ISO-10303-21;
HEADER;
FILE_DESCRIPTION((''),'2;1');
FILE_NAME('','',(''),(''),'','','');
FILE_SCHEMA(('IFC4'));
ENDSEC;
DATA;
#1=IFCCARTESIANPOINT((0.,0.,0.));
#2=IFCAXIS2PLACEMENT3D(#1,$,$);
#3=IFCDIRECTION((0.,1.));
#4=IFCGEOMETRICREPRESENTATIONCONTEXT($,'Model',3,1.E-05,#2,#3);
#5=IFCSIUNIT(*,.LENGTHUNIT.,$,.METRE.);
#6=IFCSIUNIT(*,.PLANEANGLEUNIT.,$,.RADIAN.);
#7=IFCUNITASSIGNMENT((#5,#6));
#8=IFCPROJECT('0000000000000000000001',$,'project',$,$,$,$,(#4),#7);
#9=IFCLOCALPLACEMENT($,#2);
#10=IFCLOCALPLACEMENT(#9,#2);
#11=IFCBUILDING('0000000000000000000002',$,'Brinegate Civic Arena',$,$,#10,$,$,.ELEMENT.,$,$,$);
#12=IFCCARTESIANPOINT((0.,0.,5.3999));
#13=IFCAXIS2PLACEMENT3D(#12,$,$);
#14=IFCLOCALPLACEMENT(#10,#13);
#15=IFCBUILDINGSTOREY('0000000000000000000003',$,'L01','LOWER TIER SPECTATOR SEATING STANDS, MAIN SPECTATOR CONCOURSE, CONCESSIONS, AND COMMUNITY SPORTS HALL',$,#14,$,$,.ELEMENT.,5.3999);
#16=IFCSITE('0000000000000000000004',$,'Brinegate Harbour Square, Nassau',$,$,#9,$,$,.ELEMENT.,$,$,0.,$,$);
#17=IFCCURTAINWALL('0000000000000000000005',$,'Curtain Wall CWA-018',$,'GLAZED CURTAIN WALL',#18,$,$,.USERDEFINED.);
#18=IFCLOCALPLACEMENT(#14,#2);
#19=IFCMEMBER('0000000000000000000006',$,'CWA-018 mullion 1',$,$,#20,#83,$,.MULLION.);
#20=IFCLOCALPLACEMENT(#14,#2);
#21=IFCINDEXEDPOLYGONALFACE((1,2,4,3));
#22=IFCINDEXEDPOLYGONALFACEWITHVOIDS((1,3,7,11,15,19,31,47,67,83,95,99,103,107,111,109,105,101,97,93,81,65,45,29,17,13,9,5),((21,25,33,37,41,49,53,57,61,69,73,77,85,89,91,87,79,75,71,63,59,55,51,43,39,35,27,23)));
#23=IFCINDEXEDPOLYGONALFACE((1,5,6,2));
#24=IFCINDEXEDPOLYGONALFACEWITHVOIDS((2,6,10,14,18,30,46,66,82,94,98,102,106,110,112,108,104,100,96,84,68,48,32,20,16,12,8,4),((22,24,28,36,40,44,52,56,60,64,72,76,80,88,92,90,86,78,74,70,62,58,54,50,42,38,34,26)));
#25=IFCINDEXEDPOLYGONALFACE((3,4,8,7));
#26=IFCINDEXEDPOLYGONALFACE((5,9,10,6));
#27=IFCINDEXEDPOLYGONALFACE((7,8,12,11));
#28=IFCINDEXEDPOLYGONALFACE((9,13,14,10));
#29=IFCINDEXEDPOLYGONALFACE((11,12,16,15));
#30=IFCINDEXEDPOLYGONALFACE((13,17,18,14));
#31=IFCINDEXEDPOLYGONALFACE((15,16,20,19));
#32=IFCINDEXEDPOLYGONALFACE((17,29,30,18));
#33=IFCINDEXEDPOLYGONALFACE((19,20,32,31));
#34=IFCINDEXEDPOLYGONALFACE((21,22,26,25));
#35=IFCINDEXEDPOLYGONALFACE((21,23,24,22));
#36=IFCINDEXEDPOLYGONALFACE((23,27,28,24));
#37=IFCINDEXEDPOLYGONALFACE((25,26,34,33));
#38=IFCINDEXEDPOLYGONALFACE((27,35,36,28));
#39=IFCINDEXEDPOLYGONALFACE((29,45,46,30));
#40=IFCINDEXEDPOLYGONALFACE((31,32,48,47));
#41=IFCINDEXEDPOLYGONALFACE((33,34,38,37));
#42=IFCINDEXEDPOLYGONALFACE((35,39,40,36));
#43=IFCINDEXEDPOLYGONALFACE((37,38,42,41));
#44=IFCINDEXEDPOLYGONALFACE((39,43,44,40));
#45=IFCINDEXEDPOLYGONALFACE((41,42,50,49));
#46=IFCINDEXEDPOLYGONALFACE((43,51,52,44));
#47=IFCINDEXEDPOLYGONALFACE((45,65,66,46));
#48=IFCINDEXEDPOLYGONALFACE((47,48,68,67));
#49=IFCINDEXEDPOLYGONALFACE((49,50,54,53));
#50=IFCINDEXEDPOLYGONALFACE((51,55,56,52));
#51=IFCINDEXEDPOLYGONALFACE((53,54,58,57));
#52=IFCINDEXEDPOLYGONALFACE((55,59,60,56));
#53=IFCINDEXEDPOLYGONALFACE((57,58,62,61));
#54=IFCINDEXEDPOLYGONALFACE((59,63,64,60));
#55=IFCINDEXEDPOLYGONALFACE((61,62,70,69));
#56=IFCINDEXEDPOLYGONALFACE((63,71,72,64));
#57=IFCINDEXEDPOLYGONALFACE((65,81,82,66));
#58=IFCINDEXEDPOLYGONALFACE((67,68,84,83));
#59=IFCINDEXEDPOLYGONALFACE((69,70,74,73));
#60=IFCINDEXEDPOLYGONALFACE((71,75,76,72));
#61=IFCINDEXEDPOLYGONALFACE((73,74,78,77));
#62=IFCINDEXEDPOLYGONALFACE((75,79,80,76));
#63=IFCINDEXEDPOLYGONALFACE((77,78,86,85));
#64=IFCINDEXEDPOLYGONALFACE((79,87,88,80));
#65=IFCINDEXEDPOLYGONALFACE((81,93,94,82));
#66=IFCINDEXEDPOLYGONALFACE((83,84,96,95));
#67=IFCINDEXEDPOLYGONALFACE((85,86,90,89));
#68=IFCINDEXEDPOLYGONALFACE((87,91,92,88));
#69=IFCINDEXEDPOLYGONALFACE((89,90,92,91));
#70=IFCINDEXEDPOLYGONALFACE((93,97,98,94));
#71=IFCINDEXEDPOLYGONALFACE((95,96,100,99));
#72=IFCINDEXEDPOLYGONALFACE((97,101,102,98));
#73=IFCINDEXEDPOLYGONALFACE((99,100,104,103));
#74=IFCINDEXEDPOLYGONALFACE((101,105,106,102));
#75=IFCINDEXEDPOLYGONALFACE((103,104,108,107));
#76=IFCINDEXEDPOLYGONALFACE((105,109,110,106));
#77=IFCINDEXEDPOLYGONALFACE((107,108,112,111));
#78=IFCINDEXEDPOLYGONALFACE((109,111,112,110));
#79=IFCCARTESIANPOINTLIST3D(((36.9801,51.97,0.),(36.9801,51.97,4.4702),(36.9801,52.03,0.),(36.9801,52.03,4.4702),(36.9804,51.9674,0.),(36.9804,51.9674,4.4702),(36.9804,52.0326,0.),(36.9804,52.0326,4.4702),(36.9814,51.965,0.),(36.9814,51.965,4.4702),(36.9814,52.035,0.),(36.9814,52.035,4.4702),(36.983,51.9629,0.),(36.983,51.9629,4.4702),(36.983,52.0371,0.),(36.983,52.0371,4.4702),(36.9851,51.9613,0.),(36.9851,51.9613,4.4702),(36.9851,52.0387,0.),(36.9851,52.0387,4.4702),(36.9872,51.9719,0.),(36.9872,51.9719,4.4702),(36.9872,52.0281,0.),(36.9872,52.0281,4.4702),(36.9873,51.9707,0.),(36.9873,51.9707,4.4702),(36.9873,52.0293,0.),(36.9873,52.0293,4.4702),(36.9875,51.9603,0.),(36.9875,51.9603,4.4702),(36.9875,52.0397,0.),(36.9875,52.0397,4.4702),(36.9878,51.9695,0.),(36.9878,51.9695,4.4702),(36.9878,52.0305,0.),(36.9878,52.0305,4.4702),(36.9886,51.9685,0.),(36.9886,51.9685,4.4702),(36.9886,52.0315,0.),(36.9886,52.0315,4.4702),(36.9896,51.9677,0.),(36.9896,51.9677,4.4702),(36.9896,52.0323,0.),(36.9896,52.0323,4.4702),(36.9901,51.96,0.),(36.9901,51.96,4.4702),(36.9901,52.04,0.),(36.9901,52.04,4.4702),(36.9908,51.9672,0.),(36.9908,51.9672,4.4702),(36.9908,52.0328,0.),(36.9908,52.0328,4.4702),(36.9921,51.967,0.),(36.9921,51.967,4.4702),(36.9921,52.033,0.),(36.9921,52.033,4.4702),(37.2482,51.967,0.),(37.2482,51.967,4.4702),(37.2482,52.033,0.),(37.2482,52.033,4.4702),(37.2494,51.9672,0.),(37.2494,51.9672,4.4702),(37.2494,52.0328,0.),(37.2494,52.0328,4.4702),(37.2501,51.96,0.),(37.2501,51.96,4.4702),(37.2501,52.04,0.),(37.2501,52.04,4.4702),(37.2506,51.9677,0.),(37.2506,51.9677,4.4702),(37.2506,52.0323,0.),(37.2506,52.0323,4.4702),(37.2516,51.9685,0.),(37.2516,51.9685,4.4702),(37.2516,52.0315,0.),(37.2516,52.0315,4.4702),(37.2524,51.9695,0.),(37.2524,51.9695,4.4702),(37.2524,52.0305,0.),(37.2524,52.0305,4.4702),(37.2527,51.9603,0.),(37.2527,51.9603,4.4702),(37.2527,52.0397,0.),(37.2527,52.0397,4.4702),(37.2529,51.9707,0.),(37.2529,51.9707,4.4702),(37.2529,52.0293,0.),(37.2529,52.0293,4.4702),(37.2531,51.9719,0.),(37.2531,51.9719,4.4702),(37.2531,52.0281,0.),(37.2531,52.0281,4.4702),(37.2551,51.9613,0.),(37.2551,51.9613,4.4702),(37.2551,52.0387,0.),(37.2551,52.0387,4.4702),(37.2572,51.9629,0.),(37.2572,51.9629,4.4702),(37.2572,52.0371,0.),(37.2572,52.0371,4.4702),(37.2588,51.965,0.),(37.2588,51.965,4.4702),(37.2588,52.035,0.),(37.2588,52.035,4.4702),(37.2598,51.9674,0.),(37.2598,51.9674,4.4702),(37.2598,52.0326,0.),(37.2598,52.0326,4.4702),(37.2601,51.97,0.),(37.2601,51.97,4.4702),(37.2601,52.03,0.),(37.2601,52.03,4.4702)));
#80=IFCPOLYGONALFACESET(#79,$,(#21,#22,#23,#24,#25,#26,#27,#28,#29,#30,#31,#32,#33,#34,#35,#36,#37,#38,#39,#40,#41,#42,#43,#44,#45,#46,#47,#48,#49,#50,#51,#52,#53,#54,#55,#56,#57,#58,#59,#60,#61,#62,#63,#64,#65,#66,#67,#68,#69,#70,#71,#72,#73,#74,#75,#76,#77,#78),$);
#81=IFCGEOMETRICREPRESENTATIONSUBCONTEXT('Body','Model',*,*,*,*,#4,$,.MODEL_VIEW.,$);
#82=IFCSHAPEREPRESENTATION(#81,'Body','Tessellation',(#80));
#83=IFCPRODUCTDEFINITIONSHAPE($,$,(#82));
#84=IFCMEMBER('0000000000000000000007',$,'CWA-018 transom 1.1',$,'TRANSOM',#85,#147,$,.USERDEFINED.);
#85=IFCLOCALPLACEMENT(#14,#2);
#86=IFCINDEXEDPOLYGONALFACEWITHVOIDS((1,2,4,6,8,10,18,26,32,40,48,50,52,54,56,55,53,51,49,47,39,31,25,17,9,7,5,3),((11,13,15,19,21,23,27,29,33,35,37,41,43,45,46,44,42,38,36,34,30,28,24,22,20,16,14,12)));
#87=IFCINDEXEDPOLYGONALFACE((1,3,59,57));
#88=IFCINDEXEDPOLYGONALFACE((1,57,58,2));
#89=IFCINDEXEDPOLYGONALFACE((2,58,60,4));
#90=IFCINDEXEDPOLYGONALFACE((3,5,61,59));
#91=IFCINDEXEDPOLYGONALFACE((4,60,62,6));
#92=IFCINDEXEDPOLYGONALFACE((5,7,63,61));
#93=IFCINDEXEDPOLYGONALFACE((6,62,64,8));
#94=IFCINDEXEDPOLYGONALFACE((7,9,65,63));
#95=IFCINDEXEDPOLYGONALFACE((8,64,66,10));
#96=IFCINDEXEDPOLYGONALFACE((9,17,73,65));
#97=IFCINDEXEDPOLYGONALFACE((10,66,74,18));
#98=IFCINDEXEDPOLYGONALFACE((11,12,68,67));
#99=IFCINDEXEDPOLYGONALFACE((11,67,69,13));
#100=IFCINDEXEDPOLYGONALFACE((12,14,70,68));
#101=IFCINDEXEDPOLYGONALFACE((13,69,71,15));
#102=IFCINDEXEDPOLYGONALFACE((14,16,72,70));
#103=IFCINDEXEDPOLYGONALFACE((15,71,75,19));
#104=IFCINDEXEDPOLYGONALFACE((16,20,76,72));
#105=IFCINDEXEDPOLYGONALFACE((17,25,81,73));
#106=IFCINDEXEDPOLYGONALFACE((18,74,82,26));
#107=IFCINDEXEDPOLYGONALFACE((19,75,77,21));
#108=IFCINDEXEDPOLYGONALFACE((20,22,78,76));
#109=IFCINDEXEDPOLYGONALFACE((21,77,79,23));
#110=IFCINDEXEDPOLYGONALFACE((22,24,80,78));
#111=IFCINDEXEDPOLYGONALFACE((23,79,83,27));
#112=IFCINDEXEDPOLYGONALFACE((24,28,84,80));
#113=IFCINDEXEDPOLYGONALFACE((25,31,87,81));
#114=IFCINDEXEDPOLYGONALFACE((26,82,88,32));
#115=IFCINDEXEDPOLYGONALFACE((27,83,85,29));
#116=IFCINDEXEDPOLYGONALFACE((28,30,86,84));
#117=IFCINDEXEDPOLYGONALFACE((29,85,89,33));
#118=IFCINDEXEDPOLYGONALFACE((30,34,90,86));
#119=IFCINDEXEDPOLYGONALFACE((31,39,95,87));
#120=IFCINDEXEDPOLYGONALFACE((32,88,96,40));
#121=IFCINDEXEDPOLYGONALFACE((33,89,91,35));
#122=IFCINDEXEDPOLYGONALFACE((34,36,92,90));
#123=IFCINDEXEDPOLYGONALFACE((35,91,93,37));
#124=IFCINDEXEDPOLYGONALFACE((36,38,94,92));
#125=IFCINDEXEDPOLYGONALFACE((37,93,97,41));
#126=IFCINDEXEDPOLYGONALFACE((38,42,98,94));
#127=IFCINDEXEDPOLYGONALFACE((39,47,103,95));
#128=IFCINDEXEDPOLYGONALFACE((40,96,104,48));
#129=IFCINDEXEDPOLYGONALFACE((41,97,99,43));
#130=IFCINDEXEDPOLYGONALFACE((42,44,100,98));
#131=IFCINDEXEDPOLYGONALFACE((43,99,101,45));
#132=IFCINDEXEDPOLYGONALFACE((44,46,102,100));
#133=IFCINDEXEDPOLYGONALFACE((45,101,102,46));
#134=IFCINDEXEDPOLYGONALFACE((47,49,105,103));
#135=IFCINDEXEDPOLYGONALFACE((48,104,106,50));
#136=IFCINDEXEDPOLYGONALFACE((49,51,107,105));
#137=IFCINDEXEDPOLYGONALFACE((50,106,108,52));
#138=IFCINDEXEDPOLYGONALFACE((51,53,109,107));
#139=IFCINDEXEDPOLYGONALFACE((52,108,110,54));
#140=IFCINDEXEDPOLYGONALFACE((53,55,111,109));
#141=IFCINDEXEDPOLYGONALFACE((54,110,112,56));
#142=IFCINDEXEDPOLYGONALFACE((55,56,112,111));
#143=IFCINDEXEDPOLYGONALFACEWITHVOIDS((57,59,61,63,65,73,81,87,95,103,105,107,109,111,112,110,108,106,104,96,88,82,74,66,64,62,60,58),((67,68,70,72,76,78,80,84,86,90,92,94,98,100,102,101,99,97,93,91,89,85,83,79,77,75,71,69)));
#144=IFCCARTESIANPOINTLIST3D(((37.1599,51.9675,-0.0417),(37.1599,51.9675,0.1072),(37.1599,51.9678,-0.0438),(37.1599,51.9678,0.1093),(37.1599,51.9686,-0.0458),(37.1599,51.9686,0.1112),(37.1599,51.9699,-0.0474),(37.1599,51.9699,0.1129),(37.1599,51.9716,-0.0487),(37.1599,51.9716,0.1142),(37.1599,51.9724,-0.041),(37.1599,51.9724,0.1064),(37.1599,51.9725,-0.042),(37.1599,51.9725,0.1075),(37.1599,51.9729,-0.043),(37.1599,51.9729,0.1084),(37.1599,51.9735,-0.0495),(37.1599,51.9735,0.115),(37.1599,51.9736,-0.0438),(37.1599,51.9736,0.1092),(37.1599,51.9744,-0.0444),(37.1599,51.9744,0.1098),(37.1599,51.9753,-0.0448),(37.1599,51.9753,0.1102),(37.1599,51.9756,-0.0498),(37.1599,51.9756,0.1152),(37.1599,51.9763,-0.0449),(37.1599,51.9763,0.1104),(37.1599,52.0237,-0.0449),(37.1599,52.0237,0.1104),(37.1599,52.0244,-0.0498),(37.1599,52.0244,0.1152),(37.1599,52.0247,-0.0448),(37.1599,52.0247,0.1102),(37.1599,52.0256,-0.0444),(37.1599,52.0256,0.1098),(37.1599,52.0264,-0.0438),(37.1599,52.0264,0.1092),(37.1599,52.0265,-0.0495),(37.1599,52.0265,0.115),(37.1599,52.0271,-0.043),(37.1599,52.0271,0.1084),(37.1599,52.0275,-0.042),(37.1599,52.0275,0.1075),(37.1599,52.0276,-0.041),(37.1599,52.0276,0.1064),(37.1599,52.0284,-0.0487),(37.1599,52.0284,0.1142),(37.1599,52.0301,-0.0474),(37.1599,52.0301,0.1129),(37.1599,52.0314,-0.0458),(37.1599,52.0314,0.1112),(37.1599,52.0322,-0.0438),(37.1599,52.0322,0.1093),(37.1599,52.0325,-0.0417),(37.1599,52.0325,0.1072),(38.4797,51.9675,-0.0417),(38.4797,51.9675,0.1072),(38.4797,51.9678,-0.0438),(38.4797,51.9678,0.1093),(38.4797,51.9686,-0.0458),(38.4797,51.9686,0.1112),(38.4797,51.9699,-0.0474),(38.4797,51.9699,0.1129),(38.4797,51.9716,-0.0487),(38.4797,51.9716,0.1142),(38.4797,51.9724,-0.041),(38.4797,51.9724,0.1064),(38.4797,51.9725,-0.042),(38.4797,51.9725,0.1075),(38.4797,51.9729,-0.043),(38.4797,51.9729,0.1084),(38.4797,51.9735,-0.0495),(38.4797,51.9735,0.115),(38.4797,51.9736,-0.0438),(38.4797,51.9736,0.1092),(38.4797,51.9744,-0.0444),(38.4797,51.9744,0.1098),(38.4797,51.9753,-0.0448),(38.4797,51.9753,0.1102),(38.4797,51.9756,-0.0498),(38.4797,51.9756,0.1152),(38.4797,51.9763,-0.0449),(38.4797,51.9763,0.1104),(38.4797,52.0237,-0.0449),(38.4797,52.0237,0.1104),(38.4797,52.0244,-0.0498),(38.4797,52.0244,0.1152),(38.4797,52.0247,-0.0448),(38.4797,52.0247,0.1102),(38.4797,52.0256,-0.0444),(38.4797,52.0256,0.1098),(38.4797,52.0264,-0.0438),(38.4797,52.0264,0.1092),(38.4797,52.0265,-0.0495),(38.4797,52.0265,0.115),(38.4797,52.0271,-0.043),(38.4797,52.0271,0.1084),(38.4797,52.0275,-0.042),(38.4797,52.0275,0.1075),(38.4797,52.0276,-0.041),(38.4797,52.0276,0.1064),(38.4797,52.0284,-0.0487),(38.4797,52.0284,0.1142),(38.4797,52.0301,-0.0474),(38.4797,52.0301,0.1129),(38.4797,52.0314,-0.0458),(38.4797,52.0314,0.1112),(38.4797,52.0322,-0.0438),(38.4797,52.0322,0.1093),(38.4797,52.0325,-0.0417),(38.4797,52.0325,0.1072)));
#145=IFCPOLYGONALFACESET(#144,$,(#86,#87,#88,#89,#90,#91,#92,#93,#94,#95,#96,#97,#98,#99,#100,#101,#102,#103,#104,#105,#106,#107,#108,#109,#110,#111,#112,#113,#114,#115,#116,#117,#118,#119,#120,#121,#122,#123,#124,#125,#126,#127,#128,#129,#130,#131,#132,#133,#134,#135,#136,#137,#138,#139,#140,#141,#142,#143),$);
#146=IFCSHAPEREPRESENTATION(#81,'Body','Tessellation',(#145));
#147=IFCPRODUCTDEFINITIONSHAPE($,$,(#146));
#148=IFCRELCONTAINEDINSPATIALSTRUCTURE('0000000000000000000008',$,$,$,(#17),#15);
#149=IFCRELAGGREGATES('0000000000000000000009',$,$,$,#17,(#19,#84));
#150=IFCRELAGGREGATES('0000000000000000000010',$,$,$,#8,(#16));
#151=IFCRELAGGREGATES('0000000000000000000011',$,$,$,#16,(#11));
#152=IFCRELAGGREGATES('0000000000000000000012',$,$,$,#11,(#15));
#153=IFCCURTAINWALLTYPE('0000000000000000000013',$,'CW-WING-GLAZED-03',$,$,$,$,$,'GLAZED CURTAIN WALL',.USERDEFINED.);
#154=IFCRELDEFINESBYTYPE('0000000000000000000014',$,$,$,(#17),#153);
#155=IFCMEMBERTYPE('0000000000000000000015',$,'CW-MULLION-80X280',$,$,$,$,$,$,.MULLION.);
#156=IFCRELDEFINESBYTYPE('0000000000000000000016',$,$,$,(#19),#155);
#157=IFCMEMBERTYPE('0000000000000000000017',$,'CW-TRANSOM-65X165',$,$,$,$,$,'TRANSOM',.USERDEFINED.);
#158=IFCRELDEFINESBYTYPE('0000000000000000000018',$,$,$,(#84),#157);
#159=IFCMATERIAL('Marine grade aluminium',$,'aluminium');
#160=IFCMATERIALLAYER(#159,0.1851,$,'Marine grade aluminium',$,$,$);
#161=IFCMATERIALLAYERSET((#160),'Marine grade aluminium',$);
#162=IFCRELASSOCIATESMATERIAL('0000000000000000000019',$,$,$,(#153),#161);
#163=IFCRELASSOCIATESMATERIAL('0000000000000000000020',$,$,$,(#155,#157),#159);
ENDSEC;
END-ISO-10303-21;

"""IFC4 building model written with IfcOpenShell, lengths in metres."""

from ifc_helpers import new_model, si_unit, direction, frame, origin, origin_2d, place, context, subcontext, project, spatial, hollow_rectangle, extrude, material, layer, layer_set, material_profile, profile_set, type_object, element, aggregate, save


model = new_model("IFC4")

# Units and contexts
model_context = context("Model", 3, precision=1e-05, world=origin(), true_north=direction((0.0, 1.0)))
body_context = subcontext(model_context, "Body", "Model", "MODEL_VIEW")
ifc_project = project(units=[si_unit("LENGTHUNIT", "METRE"), si_unit("PLANEANGLEUNIT", "RADIAN")], contexts=[model_context])

# Site, building, storey
site_placement = place(None, origin())
site = spatial("IfcSite", under=ifc_project, at=site_placement, Name="Brinegate Harbour Square, Nassau", CompositionType="ELEMENT", RefElevation=0.0)
building_placement = place(site_placement, origin())
building = spatial("IfcBuilding", under=site, at=building_placement, Name="Brinegate Civic Arena", CompositionType="ELEMENT")
storey_placement = place(building_placement, frame((0.0, 0.0, 5.3999)))
storey = spatial("IfcBuildingStorey", under=building, at=storey_placement, Name="L01", Description="LOWER TIER SPECTATOR SEATING STANDS, MAIN SPECTATOR CONCOURSE, CONCESSIONS, AND COMMUNITY SPORTS HALL", CompositionType="ELEMENT", Elevation=5.3999)

# Curtain wall, members
ifc_material_1 = material(Name="Marine grade aluminium", Category="aluminium")
ifc_layer_1 = layer(ifc_material_1, 0.1851, Name="Marine grade aluminium")
ifc_layer_set_1 = layer_set([ifc_layer_1], Name="Marine grade aluminium")
curtain_wall_type = type_object("IfcCurtainWallType", Name="CW-WING-GLAZED-03", ElementType="GLAZED CURTAIN WALL", PredefinedType="USERDEFINED", material=ifc_layer_set_1)
curtain_wall_1_placement = place(storey_placement, origin())
curtain_wall_1 = element("IfcCurtainWall", 1, at=curtain_wall_1_placement, inside=storey, type_object=curtain_wall_type, Name="Curtain Wall CWA-018", ObjectType="GLAZED CURTAIN WALL", PredefinedType="USERDEFINED")
ifc_material_profile_1 = material_profile(ifc_material_1, hollow_rectangle(XDim=0.0801, YDim=0.28, WallThickness=0.0071, InnerFilletRadius=0.0049, OuterFilletRadius=0.01, at=origin_2d()), Name="MUL80X280")
ifc_profile_set_1 = profile_set([ifc_material_profile_1], Name="Marine grade aluminium")
member_type_1 = type_object("IfcMemberType", Name="CW-MULLION-80X280", PredefinedType="MULLION", material=ifc_profile_set_1)
member_1_placement = place(storey_placement, frame((37.1201, 52.0, 0.0), z_axis=(0.0, 0.0, 1.0), x_axis=(0.0, 1.0, 0.0)))
member_1 = element("IfcMember", 2, at=member_1_placement, type_object=member_type_1, Name="CWA-018 mullion 1", PredefinedType="MULLION", context=body_context, shape_type="SweptSolid", body=[
    extrude(hollow_rectangle(XDim=0.0801, YDim=0.28, WallThickness=0.0071, InnerFilletRadius=0.0049, OuterFilletRadius=0.01, at=origin_2d()), origin(), (0.0, 0.0, 1.0), 4.4702),
])
ifc_material_profile_2 = material_profile(ifc_material_1, hollow_rectangle(XDim=0.0649, YDim=0.165, WallThickness=0.0049, InnerFilletRadius=0.0039, OuterFilletRadius=0.0081, at=origin_2d()), Name="TRN65X165")
ifc_profile_set_2 = profile_set([ifc_material_profile_2], Name="Marine grade aluminium")
member_type_2 = type_object("IfcMemberType", Name="CW-TRANSOM-65X165", ElementType="TRANSOM", PredefinedType="USERDEFINED", material=ifc_profile_set_2)
member_2_placement = place(storey_placement, frame((37.1599, 52.0, 0.0327), z_axis=(1.0, 0.0, 0.0), x_axis=(0.0, 1.0, 0.0)))
member_2 = element("IfcMember", 3, at=member_2_placement, type_object=member_type_2, Name="CWA-018 transom 1.1", ObjectType="TRANSOM", PredefinedType="USERDEFINED", context=body_context, shape_type="SweptSolid", body=[
    extrude(hollow_rectangle(XDim=0.0649, YDim=0.165, WallThickness=0.0049, InnerFilletRadius=0.0039, OuterFilletRadius=0.0081, at=origin_2d()), origin(), (0.0, 0.0, 1.0), 1.3198),
])
aggregate(curtain_wall_1, [member_1, member_2])

save(model, "model.ifc")
